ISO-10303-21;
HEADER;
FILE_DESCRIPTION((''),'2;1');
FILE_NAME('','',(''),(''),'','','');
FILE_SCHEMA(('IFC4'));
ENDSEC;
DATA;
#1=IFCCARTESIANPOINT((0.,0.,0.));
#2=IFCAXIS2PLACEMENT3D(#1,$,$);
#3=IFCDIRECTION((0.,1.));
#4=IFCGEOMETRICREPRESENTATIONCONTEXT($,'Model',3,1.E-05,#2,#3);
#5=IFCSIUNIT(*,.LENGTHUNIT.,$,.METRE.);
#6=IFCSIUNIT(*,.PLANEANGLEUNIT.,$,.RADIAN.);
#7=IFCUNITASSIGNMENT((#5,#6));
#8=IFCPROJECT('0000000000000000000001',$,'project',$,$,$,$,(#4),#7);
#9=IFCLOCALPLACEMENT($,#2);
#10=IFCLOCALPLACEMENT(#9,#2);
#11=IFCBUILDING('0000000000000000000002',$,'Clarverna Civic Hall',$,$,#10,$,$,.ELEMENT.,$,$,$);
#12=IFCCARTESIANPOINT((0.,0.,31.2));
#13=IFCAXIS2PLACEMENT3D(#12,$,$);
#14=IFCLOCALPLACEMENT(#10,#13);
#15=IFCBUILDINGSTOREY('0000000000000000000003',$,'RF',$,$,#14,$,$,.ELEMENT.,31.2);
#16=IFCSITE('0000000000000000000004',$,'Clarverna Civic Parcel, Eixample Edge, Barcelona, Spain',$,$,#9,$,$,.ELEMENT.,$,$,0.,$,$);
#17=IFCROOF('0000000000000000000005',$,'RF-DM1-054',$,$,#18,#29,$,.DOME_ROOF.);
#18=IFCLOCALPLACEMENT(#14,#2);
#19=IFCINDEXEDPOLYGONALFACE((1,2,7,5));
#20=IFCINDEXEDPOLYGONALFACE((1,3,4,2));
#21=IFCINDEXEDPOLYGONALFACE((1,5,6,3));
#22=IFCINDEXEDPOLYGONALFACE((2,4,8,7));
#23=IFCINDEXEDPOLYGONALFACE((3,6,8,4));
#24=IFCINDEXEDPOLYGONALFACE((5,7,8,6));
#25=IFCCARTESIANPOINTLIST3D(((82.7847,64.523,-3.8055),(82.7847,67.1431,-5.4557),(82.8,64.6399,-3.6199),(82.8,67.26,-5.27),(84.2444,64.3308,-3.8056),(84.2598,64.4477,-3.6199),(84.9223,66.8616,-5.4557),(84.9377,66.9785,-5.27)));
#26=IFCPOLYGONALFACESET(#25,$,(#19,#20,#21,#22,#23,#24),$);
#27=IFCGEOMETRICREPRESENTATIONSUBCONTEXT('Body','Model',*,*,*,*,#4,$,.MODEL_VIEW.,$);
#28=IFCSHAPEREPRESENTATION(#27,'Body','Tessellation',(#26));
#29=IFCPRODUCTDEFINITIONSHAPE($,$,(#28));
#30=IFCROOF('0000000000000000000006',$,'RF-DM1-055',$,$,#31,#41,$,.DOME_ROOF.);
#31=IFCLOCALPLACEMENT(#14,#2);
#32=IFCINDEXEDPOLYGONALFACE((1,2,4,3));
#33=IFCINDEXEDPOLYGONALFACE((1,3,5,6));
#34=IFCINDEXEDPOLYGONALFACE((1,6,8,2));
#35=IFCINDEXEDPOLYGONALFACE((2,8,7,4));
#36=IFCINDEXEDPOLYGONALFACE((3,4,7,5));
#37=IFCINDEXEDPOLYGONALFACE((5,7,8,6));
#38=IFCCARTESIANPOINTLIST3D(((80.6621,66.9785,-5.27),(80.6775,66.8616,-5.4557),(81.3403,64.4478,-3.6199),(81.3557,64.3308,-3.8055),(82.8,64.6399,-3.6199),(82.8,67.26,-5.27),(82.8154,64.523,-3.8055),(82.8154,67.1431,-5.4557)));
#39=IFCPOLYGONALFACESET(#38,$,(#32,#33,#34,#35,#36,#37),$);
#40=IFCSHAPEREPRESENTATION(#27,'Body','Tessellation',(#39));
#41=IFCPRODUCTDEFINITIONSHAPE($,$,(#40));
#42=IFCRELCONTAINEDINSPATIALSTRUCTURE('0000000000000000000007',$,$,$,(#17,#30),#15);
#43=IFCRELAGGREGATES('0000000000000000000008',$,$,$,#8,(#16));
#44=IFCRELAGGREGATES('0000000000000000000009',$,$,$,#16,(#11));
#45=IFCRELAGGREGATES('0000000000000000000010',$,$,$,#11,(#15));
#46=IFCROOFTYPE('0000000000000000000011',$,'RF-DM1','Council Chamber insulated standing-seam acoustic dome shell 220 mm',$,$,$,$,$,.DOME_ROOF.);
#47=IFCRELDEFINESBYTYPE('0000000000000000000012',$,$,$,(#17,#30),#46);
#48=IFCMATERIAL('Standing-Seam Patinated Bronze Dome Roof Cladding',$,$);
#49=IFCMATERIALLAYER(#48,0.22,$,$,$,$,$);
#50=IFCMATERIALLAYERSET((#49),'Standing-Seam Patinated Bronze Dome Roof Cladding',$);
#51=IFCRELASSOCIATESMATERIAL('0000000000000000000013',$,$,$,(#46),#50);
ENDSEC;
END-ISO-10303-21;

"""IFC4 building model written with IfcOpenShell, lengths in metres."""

from ifc_helpers import new_model, si_unit, direction, frame, origin, place, context, subcontext, project, spatial, polyline, outline, extrude, material, layer, layer_set, type_object, element, save


model = new_model("IFC4")

# Units and contexts
model_context = context("Model", 3, precision=1e-05, world=origin(), true_north=direction((0.0, 1.0)))
body_context = subcontext(model_context, "Body", "Model", "MODEL_VIEW")
ifc_project = project(units=[si_unit("LENGTHUNIT", "METRE"), si_unit("PLANEANGLEUNIT", "RADIAN")], contexts=[model_context])

# Site, building, storey
site_placement = place(None, origin())
site = spatial("IfcSite", under=ifc_project, at=site_placement, Name="Clarverna Civic Parcel, Eixample Edge, Barcelona, Spain", CompositionType="ELEMENT", RefElevation=0.0)
building_placement = place(site_placement, origin())
building = spatial("IfcBuilding", under=site, at=building_placement, Name="Clarverna Civic Hall", CompositionType="ELEMENT")
storey_placement = place(building_placement, frame((0.0, 0.0, 31.2)))
storey = spatial("IfcBuildingStorey", under=building, at=storey_placement, Name="RF", CompositionType="ELEMENT", Elevation=31.2)

# Roofs
ifc_material_1 = material(Name="Standing-Seam Patinated Bronze Dome Roof Cladding")
ifc_layer_1 = layer(ifc_material_1, 0.22)
ifc_layer_set_1 = layer_set([ifc_layer_1], Name="Standing-Seam Patinated Bronze Dome Roof Cladding")
roof_type = type_object("IfcRoofType", Name="RF-DM1", Description="Council Chamber insulated standing-seam acoustic dome shell 220 mm", PredefinedType="DOME_ROOF", material=ifc_layer_set_1)
roof_1_placement = place(storey_placement, frame((84.9377, 66.9785, -5.27), z_axis=(0.069992, 0.531616, 0.844089), x_axis=(-0.991442, 0.130548, -0.00001)))
element("IfcRoof", 1, at=roof_1_placement, inside=storey, type_object=roof_type, Name="RF-DM1-054", PredefinedType="DOME_ROOF", context=body_context, shape_type="SweptSolid", body=[
    extrude(outline(polyline([(0.0, 0.0), (2.1561, 0.0), (1.8141, 3.0775), (0.3418, 3.0774), (0.0, 0.0)])), origin(), (0.0, 0.0, -1.0), 0.22),
])
roof_2_placement = place(storey_placement, frame((82.8, 67.26, -5.27), z_axis=(-0.069987, 0.531614, 0.84409), x_axis=(-0.991444, -0.130535, 0.000007)))
element("IfcRoof", 2, at=roof_2_placement, inside=storey, type_object=roof_type, Name="RF-DM1-055", PredefinedType="DOME_ROOF", context=body_context, shape_type="SweptSolid", body=[
    extrude(outline(polyline([(0.0, 0.0), (2.1564, 0.0), (1.8143, 3.0775), (0.342, 3.0775), (0.0, 0.0)])), origin(), (0.0, 0.0, -1.0), 0.22),
])

save(model, "model.ifc")
